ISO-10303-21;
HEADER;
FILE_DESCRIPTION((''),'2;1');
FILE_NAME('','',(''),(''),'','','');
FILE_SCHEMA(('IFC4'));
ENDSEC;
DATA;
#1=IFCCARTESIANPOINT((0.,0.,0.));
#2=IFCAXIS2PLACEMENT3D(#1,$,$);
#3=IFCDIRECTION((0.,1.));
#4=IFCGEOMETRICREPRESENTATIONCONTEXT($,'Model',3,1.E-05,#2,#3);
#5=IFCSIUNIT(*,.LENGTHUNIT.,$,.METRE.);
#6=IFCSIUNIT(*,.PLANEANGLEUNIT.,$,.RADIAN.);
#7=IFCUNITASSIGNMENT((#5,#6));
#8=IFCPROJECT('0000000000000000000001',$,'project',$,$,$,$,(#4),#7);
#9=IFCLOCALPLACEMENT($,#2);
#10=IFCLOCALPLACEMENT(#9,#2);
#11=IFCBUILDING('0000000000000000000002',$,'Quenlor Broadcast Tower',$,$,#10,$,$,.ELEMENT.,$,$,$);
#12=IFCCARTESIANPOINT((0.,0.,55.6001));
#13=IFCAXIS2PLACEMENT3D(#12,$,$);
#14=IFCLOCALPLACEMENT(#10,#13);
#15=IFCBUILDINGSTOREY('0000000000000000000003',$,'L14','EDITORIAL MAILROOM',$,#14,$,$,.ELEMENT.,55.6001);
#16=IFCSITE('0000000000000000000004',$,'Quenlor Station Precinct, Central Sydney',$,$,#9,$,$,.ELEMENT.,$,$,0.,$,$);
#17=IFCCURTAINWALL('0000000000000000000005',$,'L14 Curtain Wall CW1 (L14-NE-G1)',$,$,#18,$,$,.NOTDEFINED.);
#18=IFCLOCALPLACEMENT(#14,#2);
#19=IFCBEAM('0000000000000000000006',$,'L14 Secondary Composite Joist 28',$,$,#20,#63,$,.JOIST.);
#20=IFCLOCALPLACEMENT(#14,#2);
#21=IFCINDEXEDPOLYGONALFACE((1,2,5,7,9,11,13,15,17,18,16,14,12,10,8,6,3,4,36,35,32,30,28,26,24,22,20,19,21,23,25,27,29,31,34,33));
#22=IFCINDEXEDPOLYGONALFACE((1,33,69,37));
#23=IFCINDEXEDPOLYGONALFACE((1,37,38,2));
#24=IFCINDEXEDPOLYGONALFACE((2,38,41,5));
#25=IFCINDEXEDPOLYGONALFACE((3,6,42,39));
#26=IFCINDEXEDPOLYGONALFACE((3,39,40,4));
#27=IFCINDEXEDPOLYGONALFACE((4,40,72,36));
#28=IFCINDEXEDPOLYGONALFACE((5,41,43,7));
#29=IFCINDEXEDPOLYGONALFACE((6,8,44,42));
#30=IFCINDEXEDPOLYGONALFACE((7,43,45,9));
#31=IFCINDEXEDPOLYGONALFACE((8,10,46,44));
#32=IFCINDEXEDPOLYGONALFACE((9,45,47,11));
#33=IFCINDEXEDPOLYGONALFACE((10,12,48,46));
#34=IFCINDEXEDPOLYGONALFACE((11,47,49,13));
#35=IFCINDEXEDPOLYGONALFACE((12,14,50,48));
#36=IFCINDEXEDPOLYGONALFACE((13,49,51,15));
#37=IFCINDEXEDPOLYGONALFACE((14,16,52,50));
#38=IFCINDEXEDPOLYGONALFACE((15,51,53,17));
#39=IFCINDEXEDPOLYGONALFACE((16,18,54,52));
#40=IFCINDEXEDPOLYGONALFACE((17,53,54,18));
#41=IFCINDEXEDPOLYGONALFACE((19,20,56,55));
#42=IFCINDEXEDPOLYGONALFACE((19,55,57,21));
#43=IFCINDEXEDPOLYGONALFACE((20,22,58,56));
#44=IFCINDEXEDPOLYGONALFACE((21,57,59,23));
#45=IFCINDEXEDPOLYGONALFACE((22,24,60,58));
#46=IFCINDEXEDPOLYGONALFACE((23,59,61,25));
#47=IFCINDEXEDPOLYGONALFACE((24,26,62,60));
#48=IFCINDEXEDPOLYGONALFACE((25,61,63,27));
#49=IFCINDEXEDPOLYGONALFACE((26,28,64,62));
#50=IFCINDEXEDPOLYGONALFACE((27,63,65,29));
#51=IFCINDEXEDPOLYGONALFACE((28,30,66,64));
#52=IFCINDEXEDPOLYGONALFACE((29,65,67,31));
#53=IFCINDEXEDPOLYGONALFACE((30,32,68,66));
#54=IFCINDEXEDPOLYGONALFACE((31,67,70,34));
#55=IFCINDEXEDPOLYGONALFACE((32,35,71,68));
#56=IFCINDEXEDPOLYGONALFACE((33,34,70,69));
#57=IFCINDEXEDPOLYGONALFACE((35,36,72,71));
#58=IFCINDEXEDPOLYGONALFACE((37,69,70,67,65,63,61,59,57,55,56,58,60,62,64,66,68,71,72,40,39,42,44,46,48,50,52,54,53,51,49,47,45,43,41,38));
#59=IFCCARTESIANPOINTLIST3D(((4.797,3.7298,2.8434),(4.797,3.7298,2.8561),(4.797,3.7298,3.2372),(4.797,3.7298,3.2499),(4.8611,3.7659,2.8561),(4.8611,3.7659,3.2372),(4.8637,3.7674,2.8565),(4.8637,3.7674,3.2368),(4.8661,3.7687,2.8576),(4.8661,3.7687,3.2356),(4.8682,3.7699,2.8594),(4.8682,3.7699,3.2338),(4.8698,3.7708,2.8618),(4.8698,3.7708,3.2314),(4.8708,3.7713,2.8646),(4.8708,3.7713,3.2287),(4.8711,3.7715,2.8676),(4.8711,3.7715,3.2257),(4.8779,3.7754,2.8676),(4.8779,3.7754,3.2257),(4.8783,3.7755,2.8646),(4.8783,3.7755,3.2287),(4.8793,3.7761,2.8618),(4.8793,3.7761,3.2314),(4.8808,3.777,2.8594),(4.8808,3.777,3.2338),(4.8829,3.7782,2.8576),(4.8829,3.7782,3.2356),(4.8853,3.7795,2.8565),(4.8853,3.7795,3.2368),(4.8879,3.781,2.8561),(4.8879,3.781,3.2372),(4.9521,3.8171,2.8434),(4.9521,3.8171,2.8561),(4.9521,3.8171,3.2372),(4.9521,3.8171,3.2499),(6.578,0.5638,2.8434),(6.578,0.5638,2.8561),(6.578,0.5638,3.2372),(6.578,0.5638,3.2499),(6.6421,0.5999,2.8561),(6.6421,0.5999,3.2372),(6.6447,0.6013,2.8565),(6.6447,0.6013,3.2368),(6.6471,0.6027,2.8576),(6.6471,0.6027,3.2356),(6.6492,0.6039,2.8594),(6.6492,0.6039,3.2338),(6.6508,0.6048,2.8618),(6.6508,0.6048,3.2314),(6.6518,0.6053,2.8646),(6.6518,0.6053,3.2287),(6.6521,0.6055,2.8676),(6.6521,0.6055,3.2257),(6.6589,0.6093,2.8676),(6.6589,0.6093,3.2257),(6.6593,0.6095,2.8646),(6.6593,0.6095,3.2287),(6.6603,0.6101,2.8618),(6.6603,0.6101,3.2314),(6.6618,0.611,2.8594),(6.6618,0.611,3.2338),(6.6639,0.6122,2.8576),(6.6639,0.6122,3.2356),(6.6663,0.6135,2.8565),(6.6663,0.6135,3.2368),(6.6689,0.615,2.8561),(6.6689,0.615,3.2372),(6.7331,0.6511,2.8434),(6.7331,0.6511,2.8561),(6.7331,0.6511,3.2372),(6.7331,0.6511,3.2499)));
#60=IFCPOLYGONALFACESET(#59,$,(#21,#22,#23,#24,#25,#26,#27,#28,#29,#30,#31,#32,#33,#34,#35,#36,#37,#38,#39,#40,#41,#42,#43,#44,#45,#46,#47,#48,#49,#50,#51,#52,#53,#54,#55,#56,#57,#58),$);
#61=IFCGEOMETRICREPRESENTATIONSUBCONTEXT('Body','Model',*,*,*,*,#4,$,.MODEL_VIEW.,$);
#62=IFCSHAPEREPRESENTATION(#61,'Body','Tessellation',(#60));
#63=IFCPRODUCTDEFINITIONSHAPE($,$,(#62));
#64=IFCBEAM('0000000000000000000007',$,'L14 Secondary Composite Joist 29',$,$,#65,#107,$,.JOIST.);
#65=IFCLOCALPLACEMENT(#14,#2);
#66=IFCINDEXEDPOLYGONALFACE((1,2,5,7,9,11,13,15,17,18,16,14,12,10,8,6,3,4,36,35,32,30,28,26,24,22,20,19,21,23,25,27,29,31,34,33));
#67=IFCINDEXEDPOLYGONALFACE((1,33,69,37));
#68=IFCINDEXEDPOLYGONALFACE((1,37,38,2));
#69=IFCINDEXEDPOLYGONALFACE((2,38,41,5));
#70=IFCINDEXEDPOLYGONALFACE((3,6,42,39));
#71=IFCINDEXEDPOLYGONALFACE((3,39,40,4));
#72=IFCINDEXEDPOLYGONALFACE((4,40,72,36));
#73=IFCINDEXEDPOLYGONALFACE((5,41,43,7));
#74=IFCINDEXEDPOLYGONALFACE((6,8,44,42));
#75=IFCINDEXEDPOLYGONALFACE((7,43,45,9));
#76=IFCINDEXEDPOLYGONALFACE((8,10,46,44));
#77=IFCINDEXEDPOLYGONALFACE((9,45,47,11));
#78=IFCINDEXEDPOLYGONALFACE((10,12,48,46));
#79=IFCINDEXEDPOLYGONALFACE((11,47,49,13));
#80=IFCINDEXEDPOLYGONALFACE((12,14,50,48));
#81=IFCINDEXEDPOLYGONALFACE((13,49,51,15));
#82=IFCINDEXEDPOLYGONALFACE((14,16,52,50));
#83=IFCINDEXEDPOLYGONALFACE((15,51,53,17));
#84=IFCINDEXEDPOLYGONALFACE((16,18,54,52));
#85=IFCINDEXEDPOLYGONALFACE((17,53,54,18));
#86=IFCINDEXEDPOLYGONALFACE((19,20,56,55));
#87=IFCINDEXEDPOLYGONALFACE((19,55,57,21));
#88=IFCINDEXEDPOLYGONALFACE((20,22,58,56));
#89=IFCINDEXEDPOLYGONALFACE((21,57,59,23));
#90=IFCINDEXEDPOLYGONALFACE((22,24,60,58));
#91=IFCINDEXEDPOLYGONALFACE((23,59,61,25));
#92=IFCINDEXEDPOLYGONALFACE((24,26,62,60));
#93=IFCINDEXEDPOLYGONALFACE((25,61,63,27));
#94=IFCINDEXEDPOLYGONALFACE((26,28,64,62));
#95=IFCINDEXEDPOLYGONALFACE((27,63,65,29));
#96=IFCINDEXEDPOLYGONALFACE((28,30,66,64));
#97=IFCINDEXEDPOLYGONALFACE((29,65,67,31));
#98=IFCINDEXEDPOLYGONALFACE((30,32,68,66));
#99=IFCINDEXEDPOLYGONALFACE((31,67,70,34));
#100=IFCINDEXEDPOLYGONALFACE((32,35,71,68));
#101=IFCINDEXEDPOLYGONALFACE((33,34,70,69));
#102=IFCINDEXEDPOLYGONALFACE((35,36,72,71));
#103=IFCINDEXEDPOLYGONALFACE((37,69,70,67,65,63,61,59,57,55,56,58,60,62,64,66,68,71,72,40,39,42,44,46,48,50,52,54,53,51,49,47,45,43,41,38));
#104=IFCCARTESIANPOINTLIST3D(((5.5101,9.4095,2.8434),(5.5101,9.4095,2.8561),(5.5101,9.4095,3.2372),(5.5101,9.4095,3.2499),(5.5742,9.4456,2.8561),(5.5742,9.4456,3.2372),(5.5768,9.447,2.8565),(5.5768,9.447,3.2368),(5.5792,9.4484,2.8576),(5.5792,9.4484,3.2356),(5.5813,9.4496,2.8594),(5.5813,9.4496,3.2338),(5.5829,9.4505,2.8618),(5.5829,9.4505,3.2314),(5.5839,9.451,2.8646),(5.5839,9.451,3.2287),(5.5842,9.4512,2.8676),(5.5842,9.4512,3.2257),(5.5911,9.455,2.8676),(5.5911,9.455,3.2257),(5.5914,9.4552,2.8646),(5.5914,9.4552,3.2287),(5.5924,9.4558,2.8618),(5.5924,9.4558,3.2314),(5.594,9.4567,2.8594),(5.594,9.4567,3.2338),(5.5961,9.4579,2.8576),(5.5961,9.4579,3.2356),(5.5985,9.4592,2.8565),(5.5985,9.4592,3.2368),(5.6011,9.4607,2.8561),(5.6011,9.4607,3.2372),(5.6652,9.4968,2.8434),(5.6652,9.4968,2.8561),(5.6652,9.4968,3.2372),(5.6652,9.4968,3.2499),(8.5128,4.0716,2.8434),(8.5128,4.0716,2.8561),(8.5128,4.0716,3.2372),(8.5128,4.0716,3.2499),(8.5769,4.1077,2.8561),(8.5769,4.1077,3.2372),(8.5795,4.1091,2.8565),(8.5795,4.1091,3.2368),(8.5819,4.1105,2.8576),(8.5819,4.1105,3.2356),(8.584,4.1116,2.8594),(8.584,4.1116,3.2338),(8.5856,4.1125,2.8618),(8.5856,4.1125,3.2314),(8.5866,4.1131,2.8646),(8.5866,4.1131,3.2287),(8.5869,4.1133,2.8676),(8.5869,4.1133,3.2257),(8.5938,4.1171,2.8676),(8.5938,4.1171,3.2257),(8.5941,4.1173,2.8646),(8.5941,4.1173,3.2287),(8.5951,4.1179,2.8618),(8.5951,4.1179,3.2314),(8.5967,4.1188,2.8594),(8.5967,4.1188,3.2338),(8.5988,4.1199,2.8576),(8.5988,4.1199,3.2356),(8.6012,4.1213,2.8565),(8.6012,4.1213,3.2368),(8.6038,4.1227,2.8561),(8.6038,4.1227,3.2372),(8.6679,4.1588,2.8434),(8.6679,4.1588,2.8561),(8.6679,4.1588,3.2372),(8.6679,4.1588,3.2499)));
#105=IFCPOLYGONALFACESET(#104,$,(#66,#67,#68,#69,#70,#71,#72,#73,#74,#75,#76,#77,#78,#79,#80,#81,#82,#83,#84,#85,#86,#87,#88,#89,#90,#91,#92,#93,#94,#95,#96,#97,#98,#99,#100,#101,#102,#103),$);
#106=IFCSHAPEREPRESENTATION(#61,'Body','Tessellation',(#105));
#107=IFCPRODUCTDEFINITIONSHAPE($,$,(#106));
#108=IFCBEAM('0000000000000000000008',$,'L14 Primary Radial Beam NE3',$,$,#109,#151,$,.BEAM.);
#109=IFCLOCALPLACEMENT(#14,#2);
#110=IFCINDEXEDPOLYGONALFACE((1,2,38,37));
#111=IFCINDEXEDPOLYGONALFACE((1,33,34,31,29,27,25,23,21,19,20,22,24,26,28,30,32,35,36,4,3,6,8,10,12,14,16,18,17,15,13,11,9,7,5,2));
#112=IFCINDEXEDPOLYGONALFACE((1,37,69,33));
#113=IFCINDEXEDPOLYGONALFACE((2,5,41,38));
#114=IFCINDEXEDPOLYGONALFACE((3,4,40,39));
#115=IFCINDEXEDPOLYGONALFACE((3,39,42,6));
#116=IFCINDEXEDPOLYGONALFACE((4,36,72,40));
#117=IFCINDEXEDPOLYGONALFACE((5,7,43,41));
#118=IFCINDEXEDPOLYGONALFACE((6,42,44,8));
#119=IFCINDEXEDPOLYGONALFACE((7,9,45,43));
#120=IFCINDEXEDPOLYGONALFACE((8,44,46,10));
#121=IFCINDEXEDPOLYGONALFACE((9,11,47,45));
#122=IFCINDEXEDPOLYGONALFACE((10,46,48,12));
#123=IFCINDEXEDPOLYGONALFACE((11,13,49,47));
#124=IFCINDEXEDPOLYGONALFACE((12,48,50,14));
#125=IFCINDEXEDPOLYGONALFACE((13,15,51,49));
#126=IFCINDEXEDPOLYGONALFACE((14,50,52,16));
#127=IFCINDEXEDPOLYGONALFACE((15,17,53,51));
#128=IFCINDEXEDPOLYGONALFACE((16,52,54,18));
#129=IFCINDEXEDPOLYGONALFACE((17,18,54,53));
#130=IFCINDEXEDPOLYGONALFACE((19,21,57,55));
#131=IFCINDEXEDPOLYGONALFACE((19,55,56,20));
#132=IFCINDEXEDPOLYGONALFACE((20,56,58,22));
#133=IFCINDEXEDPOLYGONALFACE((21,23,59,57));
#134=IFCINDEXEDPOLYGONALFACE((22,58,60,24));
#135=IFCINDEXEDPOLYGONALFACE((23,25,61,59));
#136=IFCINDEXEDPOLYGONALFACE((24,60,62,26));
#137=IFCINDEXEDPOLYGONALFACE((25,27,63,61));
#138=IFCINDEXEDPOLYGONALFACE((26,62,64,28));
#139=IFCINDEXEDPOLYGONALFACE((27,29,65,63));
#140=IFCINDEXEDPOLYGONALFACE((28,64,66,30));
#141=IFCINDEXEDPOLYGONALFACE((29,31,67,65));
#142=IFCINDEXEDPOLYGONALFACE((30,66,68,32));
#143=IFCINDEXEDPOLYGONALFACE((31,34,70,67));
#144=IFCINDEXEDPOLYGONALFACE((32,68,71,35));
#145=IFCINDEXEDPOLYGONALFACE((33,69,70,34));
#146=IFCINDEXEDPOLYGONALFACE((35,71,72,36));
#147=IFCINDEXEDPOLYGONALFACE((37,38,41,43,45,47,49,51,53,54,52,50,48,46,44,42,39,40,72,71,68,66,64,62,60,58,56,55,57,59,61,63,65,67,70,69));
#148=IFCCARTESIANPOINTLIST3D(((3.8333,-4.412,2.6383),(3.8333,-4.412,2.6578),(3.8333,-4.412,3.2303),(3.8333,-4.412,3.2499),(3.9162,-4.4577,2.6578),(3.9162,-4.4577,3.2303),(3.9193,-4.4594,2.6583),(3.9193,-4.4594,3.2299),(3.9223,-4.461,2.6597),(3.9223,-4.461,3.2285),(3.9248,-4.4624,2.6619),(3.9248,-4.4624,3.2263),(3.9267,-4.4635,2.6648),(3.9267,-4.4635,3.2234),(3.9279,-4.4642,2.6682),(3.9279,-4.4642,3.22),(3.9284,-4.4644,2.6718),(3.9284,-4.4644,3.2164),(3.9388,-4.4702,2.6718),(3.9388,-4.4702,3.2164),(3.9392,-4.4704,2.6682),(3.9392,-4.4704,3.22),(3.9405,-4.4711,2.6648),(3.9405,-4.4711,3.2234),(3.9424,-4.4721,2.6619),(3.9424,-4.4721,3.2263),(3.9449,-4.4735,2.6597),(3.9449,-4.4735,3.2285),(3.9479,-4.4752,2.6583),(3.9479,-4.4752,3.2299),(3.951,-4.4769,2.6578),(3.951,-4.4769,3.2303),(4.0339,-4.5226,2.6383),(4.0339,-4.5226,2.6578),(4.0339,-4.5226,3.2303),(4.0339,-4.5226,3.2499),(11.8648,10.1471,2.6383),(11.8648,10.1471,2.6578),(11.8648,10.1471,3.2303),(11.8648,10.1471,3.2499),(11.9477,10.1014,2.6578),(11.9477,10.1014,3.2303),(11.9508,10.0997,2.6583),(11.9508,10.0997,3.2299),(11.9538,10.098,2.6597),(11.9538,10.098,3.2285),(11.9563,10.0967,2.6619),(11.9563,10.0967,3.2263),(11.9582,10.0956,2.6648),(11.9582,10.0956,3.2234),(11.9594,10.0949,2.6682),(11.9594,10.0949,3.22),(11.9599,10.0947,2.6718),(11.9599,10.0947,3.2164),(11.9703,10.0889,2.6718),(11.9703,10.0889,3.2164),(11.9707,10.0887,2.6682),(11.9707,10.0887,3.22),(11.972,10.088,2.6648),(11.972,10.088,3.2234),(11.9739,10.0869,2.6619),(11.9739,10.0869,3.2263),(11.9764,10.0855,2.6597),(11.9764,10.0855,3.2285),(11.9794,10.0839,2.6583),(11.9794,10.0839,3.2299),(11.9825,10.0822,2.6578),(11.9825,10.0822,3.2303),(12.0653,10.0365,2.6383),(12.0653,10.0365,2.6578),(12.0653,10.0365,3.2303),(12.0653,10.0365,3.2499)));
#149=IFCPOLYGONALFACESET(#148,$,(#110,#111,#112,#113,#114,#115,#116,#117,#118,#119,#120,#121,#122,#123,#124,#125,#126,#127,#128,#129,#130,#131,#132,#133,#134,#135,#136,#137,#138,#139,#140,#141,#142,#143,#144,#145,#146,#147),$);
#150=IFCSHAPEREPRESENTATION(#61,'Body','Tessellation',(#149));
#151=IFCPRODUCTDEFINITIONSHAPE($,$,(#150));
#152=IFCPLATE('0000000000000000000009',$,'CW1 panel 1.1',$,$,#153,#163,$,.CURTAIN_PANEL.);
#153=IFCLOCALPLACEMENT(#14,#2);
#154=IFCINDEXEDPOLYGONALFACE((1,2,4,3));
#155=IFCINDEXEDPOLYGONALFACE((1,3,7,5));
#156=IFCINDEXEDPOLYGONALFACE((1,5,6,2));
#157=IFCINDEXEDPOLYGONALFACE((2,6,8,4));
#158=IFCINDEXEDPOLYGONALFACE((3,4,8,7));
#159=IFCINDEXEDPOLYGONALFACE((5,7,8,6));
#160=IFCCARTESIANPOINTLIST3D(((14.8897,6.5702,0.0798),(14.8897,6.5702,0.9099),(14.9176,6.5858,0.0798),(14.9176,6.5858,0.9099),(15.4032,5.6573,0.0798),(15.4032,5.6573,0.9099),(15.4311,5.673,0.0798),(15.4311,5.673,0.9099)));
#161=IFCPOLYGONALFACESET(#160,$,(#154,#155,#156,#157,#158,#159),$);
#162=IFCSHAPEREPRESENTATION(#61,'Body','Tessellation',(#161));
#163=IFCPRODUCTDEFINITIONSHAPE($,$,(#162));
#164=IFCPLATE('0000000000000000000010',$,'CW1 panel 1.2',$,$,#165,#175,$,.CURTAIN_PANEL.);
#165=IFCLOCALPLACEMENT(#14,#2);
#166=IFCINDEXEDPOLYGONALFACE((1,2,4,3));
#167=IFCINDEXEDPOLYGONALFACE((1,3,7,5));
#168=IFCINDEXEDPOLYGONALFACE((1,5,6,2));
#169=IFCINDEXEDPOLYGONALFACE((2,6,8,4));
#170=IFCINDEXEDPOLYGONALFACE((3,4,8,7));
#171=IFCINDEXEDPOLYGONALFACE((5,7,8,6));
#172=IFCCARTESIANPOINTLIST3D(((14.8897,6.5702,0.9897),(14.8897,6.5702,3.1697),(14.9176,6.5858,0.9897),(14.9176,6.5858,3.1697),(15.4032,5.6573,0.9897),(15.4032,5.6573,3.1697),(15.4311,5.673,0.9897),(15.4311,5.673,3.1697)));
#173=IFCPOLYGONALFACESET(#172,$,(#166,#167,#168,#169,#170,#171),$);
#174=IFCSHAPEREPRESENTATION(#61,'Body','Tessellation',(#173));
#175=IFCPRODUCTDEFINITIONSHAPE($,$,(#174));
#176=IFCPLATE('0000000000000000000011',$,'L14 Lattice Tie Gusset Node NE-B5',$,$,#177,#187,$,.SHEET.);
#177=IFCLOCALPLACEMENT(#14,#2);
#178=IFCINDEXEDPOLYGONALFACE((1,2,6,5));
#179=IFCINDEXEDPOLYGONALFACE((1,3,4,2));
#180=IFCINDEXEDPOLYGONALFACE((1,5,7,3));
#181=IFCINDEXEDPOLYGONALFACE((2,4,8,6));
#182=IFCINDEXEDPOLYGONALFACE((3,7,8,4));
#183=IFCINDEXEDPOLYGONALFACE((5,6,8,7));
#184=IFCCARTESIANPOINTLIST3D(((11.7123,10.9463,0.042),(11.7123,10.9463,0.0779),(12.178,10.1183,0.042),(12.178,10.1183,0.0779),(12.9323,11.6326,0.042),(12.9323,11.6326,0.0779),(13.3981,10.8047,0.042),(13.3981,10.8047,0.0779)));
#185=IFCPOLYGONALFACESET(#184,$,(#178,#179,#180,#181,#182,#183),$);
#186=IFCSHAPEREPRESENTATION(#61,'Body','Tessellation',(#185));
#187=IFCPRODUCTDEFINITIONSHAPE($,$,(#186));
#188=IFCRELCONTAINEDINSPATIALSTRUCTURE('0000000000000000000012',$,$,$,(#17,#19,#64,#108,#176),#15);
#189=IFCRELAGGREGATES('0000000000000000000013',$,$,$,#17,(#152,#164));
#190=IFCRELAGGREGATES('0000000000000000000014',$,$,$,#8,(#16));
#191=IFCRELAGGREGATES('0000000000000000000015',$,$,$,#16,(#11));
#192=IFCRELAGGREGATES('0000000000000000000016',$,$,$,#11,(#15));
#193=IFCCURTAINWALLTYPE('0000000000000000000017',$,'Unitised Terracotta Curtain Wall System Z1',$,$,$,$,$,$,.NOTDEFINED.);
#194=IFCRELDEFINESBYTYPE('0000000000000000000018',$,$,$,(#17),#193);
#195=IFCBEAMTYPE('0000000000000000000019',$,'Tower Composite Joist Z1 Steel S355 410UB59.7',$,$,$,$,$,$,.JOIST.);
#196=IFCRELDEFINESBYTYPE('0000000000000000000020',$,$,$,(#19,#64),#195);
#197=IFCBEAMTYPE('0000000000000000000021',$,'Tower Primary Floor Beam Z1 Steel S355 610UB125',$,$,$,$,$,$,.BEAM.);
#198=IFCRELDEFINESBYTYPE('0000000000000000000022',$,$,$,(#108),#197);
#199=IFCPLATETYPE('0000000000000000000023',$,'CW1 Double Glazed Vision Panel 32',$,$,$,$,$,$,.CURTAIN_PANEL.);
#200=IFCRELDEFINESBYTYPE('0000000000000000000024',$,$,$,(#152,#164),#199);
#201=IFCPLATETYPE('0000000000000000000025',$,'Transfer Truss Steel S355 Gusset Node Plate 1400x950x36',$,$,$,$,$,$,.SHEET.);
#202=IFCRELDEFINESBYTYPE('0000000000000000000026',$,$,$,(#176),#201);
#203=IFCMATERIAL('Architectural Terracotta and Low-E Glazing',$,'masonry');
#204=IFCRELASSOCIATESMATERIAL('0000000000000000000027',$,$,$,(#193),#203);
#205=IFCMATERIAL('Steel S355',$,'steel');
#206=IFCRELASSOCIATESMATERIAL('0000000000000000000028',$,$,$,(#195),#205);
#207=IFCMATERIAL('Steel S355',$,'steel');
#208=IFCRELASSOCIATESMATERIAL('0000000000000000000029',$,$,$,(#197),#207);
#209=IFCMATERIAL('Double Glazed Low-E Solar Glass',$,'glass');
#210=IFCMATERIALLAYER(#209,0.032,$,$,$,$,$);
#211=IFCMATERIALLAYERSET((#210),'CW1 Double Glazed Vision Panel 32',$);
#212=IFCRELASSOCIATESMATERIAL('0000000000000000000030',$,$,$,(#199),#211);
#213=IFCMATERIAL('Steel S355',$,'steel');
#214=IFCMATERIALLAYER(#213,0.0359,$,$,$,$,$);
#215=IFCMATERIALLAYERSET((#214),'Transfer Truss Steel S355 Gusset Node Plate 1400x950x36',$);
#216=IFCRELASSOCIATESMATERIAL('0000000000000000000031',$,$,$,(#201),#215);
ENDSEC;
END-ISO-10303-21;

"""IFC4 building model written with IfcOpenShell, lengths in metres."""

from ifc_helpers import new_model, si_unit, direction, frame, origin, origin_2d, place, context, subcontext, project, spatial, rectangle, i_section, extrude, material, layer, layer_set, material_profile, profile_set, type_object, element, aggregate, save


model = new_model("IFC4")

# Units and contexts
model_context = context("Model", 3, precision=1e-05, world=origin(), true_north=direction((0.0, 1.0)))
body_context = subcontext(model_context, "Body", "Model", "MODEL_VIEW")
ifc_project = project(units=[si_unit("LENGTHUNIT", "METRE"), si_unit("PLANEANGLEUNIT", "RADIAN")], contexts=[model_context])

# Site, building, storey
site_placement = place(None, origin())
site = spatial("IfcSite", under=ifc_project, at=site_placement, Name="Quenlor Station Precinct, Central Sydney", CompositionType="ELEMENT", RefElevation=0.0)
building_placement = place(site_placement, origin())
building = spatial("IfcBuilding", under=site, at=building_placement, Name="Quenlor Broadcast Tower", CompositionType="ELEMENT")
storey_placement = place(building_placement, frame((0.0, 0.0, 55.6001)))
storey = spatial("IfcBuildingStorey", under=building, at=storey_placement, Name="L14", Description="EDITORIAL MAILROOM", CompositionType="ELEMENT", Elevation=55.6001)

# Curtain wall
ifc_material_1 = material(Name="Architectural Terracotta and Low-E Glazing", Category="masonry")
curtain_wall_type = type_object("IfcCurtainWallType", Name="Unitised Terracotta Curtain Wall System Z1", PredefinedType="NOTDEFINED", material=ifc_material_1)
curtain_wall_placement = place(storey_placement, origin())
curtain_wall = element("IfcCurtainWall", 1, at=curtain_wall_placement, inside=storey, type_object=curtain_wall_type, Name="L14 Curtain Wall CW1 (L14-NE-G1)", PredefinedType="NOTDEFINED")

# Beams
ifc_material_2 = material(Name="Steel S355", Category="steel")
ifc_material_profile_1 = material_profile(ifc_material_2, i_section(OverallWidth=0.178, OverallDepth=0.4065, WebThickness=0.0078, FlangeThickness=0.0127, FilletRadius=0.0115, at=origin_2d()))
ifc_profile_set_1 = profile_set([ifc_material_profile_1], Name="Steel S355 410UB59.7")
beam_type_1 = type_object("IfcBeamType", Name="Tower Composite Joist Z1 Steel S355 410UB59.7", PredefinedType="JOIST", material=ifc_profile_set_1)
beam_1_placement = place(storey_placement, frame((4.8745, 3.7734, 3.0466), z_axis=(0.490287, -0.871561, 0.0), x_axis=(0.871561, 0.490287, 0.0)))
element("IfcBeam", 2, at=beam_1_placement, inside=storey, type_object=beam_type_1, Name="L14 Secondary Composite Joist 28", PredefinedType="JOIST", context=body_context, shape_type="SweptSolid", body=[
    extrude(i_section(OverallWidth=0.178, OverallDepth=0.4065, WebThickness=0.0078, FlangeThickness=0.0127, FilletRadius=0.0115, at=origin_2d()), origin(), (0.0, 0.0, 1.0), 3.6326),
])
beam_2_placement = place(storey_placement, frame((5.5876, 9.4531, 3.0466), z_axis=(0.490276, -0.871567, 0.0), x_axis=(0.871567, 0.490276, 0.0)))
element("IfcBeam", 3, at=beam_2_placement, inside=storey, type_object=beam_type_1, Name="L14 Secondary Composite Joist 29", PredefinedType="JOIST", context=body_context, shape_type="SweptSolid", body=[
    extrude(i_section(OverallWidth=0.178, OverallDepth=0.4065, WebThickness=0.0078, FlangeThickness=0.0127, FilletRadius=0.0115, at=origin_2d()), origin(), (0.0, 0.0, 1.0), 6.1245),
])
ifc_material_3 = material(Name="Steel S355", Category="steel")
ifc_material_profile_2 = material_profile(ifc_material_3, i_section(OverallWidth=0.229, OverallDepth=0.6116, WebThickness=0.012, FlangeThickness=0.0195, FilletRadius=0.0139, at=origin_2d()))
ifc_profile_set_2 = profile_set([ifc_material_profile_2], Name="Steel S355 610UB125")
beam_type_2 = type_object("IfcBeamType", Name="Tower Primary Floor Beam Z1 Steel S355 610UB125", PredefinedType="BEAM", material=ifc_profile_set_2)
beam_3_placement = place(storey_placement, frame((11.9651, 10.0918, 2.9441), z_axis=(-0.483026, -0.875606, 0.0), x_axis=(0.875606, -0.483026, 0.0)))
element("IfcBeam", 4, at=beam_3_placement, inside=storey, type_object=beam_type_2, Name="L14 Primary Radial Beam NE3", PredefinedType="BEAM", context=body_context, shape_type="SweptSolid", body=[
    extrude(i_section(OverallWidth=0.229, OverallDepth=0.6116, WebThickness=0.012, FlangeThickness=0.0195, FilletRadius=0.0139, at=origin_2d()), origin(), (0.0, 0.0, 1.0), 16.6274),
])

# Plates
ifc_material_4 = material(Name="Double Glazed Low-E Solar Glass", Category="glass")
ifc_layer_1 = layer(ifc_material_4, 0.032)
ifc_layer_set_1 = layer_set([ifc_layer_1], Name="CW1 Double Glazed Vision Panel 32")
plate_type_1 = type_object("IfcPlateType", Name="CW1 Double Glazed Vision Panel 32", PredefinedType="CURTAIN_PANEL", material=ifc_layer_set_1)
plate_1_placement = place(storey_placement, frame((15.1604, 6.1216, 0.0798), z_axis=(0.0, 0.0, 1.0), x_axis=(0.490277, -0.871567, 0.0)))
plate_1 = element("IfcPlate", 5, at=plate_1_placement, type_object=plate_type_1, Name="CW1 panel 1.1", PredefinedType="CURTAIN_PANEL", context=body_context, shape_type="SweptSolid", body=[
    extrude(rectangle(XDim=1.0474, YDim=0.032, at=origin_2d()), origin(), (0.0, 0.0, 1.0), 0.8301),
])
plate_2_placement = place(storey_placement, frame((15.1604, 6.1216, 0.9897), z_axis=(0.0, 0.0, 1.0), x_axis=(0.490277, -0.871567, 0.0)))
plate_2 = element("IfcPlate", 6, at=plate_2_placement, type_object=plate_type_1, Name="CW1 panel 1.2", PredefinedType="CURTAIN_PANEL", context=body_context, shape_type="SweptSolid", body=[
    extrude(rectangle(XDim=1.0474, YDim=0.032, at=origin_2d()), origin(), (0.0, 0.0, 1.0), 2.1799),
])
aggregate(curtain_wall, [plate_1, plate_2])

# Plate
ifc_material_5 = material(Name="Steel S355", Category="steel")
ifc_layer_2 = layer(ifc_material_5, 0.0359)
ifc_layer_set_2 = layer_set([ifc_layer_2], Name="Transfer Truss Steel S355 Gusset Node Plate 1400x950x36")
plate_type_2 = type_object("IfcPlateType", Name="Transfer Truss Steel S355 Gusset Node Plate 1400x950x36", PredefinedType="SHEET", material=ifc_layer_set_2)
for number, where, z_axis, x_axis, name in (
    (7, (12.5552, 10.8755, 0.042), (0.0, 0.0, 1.0), (0.871556, 0.490295, 0.0), "L14 Lattice Tie Gusset Node NE-B5"),
):
    element("IfcPlate", number, at=place(storey_placement, frame(where, z_axis=z_axis, x_axis=x_axis)), inside=storey, type_object=plate_type_2, Name=name, PredefinedType="SHEET", context=body_context, shape_type="SweptSolid", body=[
        extrude(rectangle(XDim=1.3999, YDim=0.95, at=origin_2d()), origin(), (0.0, 0.0, 1.0), 0.0359),
    ])

save(model, "model.ifc")
